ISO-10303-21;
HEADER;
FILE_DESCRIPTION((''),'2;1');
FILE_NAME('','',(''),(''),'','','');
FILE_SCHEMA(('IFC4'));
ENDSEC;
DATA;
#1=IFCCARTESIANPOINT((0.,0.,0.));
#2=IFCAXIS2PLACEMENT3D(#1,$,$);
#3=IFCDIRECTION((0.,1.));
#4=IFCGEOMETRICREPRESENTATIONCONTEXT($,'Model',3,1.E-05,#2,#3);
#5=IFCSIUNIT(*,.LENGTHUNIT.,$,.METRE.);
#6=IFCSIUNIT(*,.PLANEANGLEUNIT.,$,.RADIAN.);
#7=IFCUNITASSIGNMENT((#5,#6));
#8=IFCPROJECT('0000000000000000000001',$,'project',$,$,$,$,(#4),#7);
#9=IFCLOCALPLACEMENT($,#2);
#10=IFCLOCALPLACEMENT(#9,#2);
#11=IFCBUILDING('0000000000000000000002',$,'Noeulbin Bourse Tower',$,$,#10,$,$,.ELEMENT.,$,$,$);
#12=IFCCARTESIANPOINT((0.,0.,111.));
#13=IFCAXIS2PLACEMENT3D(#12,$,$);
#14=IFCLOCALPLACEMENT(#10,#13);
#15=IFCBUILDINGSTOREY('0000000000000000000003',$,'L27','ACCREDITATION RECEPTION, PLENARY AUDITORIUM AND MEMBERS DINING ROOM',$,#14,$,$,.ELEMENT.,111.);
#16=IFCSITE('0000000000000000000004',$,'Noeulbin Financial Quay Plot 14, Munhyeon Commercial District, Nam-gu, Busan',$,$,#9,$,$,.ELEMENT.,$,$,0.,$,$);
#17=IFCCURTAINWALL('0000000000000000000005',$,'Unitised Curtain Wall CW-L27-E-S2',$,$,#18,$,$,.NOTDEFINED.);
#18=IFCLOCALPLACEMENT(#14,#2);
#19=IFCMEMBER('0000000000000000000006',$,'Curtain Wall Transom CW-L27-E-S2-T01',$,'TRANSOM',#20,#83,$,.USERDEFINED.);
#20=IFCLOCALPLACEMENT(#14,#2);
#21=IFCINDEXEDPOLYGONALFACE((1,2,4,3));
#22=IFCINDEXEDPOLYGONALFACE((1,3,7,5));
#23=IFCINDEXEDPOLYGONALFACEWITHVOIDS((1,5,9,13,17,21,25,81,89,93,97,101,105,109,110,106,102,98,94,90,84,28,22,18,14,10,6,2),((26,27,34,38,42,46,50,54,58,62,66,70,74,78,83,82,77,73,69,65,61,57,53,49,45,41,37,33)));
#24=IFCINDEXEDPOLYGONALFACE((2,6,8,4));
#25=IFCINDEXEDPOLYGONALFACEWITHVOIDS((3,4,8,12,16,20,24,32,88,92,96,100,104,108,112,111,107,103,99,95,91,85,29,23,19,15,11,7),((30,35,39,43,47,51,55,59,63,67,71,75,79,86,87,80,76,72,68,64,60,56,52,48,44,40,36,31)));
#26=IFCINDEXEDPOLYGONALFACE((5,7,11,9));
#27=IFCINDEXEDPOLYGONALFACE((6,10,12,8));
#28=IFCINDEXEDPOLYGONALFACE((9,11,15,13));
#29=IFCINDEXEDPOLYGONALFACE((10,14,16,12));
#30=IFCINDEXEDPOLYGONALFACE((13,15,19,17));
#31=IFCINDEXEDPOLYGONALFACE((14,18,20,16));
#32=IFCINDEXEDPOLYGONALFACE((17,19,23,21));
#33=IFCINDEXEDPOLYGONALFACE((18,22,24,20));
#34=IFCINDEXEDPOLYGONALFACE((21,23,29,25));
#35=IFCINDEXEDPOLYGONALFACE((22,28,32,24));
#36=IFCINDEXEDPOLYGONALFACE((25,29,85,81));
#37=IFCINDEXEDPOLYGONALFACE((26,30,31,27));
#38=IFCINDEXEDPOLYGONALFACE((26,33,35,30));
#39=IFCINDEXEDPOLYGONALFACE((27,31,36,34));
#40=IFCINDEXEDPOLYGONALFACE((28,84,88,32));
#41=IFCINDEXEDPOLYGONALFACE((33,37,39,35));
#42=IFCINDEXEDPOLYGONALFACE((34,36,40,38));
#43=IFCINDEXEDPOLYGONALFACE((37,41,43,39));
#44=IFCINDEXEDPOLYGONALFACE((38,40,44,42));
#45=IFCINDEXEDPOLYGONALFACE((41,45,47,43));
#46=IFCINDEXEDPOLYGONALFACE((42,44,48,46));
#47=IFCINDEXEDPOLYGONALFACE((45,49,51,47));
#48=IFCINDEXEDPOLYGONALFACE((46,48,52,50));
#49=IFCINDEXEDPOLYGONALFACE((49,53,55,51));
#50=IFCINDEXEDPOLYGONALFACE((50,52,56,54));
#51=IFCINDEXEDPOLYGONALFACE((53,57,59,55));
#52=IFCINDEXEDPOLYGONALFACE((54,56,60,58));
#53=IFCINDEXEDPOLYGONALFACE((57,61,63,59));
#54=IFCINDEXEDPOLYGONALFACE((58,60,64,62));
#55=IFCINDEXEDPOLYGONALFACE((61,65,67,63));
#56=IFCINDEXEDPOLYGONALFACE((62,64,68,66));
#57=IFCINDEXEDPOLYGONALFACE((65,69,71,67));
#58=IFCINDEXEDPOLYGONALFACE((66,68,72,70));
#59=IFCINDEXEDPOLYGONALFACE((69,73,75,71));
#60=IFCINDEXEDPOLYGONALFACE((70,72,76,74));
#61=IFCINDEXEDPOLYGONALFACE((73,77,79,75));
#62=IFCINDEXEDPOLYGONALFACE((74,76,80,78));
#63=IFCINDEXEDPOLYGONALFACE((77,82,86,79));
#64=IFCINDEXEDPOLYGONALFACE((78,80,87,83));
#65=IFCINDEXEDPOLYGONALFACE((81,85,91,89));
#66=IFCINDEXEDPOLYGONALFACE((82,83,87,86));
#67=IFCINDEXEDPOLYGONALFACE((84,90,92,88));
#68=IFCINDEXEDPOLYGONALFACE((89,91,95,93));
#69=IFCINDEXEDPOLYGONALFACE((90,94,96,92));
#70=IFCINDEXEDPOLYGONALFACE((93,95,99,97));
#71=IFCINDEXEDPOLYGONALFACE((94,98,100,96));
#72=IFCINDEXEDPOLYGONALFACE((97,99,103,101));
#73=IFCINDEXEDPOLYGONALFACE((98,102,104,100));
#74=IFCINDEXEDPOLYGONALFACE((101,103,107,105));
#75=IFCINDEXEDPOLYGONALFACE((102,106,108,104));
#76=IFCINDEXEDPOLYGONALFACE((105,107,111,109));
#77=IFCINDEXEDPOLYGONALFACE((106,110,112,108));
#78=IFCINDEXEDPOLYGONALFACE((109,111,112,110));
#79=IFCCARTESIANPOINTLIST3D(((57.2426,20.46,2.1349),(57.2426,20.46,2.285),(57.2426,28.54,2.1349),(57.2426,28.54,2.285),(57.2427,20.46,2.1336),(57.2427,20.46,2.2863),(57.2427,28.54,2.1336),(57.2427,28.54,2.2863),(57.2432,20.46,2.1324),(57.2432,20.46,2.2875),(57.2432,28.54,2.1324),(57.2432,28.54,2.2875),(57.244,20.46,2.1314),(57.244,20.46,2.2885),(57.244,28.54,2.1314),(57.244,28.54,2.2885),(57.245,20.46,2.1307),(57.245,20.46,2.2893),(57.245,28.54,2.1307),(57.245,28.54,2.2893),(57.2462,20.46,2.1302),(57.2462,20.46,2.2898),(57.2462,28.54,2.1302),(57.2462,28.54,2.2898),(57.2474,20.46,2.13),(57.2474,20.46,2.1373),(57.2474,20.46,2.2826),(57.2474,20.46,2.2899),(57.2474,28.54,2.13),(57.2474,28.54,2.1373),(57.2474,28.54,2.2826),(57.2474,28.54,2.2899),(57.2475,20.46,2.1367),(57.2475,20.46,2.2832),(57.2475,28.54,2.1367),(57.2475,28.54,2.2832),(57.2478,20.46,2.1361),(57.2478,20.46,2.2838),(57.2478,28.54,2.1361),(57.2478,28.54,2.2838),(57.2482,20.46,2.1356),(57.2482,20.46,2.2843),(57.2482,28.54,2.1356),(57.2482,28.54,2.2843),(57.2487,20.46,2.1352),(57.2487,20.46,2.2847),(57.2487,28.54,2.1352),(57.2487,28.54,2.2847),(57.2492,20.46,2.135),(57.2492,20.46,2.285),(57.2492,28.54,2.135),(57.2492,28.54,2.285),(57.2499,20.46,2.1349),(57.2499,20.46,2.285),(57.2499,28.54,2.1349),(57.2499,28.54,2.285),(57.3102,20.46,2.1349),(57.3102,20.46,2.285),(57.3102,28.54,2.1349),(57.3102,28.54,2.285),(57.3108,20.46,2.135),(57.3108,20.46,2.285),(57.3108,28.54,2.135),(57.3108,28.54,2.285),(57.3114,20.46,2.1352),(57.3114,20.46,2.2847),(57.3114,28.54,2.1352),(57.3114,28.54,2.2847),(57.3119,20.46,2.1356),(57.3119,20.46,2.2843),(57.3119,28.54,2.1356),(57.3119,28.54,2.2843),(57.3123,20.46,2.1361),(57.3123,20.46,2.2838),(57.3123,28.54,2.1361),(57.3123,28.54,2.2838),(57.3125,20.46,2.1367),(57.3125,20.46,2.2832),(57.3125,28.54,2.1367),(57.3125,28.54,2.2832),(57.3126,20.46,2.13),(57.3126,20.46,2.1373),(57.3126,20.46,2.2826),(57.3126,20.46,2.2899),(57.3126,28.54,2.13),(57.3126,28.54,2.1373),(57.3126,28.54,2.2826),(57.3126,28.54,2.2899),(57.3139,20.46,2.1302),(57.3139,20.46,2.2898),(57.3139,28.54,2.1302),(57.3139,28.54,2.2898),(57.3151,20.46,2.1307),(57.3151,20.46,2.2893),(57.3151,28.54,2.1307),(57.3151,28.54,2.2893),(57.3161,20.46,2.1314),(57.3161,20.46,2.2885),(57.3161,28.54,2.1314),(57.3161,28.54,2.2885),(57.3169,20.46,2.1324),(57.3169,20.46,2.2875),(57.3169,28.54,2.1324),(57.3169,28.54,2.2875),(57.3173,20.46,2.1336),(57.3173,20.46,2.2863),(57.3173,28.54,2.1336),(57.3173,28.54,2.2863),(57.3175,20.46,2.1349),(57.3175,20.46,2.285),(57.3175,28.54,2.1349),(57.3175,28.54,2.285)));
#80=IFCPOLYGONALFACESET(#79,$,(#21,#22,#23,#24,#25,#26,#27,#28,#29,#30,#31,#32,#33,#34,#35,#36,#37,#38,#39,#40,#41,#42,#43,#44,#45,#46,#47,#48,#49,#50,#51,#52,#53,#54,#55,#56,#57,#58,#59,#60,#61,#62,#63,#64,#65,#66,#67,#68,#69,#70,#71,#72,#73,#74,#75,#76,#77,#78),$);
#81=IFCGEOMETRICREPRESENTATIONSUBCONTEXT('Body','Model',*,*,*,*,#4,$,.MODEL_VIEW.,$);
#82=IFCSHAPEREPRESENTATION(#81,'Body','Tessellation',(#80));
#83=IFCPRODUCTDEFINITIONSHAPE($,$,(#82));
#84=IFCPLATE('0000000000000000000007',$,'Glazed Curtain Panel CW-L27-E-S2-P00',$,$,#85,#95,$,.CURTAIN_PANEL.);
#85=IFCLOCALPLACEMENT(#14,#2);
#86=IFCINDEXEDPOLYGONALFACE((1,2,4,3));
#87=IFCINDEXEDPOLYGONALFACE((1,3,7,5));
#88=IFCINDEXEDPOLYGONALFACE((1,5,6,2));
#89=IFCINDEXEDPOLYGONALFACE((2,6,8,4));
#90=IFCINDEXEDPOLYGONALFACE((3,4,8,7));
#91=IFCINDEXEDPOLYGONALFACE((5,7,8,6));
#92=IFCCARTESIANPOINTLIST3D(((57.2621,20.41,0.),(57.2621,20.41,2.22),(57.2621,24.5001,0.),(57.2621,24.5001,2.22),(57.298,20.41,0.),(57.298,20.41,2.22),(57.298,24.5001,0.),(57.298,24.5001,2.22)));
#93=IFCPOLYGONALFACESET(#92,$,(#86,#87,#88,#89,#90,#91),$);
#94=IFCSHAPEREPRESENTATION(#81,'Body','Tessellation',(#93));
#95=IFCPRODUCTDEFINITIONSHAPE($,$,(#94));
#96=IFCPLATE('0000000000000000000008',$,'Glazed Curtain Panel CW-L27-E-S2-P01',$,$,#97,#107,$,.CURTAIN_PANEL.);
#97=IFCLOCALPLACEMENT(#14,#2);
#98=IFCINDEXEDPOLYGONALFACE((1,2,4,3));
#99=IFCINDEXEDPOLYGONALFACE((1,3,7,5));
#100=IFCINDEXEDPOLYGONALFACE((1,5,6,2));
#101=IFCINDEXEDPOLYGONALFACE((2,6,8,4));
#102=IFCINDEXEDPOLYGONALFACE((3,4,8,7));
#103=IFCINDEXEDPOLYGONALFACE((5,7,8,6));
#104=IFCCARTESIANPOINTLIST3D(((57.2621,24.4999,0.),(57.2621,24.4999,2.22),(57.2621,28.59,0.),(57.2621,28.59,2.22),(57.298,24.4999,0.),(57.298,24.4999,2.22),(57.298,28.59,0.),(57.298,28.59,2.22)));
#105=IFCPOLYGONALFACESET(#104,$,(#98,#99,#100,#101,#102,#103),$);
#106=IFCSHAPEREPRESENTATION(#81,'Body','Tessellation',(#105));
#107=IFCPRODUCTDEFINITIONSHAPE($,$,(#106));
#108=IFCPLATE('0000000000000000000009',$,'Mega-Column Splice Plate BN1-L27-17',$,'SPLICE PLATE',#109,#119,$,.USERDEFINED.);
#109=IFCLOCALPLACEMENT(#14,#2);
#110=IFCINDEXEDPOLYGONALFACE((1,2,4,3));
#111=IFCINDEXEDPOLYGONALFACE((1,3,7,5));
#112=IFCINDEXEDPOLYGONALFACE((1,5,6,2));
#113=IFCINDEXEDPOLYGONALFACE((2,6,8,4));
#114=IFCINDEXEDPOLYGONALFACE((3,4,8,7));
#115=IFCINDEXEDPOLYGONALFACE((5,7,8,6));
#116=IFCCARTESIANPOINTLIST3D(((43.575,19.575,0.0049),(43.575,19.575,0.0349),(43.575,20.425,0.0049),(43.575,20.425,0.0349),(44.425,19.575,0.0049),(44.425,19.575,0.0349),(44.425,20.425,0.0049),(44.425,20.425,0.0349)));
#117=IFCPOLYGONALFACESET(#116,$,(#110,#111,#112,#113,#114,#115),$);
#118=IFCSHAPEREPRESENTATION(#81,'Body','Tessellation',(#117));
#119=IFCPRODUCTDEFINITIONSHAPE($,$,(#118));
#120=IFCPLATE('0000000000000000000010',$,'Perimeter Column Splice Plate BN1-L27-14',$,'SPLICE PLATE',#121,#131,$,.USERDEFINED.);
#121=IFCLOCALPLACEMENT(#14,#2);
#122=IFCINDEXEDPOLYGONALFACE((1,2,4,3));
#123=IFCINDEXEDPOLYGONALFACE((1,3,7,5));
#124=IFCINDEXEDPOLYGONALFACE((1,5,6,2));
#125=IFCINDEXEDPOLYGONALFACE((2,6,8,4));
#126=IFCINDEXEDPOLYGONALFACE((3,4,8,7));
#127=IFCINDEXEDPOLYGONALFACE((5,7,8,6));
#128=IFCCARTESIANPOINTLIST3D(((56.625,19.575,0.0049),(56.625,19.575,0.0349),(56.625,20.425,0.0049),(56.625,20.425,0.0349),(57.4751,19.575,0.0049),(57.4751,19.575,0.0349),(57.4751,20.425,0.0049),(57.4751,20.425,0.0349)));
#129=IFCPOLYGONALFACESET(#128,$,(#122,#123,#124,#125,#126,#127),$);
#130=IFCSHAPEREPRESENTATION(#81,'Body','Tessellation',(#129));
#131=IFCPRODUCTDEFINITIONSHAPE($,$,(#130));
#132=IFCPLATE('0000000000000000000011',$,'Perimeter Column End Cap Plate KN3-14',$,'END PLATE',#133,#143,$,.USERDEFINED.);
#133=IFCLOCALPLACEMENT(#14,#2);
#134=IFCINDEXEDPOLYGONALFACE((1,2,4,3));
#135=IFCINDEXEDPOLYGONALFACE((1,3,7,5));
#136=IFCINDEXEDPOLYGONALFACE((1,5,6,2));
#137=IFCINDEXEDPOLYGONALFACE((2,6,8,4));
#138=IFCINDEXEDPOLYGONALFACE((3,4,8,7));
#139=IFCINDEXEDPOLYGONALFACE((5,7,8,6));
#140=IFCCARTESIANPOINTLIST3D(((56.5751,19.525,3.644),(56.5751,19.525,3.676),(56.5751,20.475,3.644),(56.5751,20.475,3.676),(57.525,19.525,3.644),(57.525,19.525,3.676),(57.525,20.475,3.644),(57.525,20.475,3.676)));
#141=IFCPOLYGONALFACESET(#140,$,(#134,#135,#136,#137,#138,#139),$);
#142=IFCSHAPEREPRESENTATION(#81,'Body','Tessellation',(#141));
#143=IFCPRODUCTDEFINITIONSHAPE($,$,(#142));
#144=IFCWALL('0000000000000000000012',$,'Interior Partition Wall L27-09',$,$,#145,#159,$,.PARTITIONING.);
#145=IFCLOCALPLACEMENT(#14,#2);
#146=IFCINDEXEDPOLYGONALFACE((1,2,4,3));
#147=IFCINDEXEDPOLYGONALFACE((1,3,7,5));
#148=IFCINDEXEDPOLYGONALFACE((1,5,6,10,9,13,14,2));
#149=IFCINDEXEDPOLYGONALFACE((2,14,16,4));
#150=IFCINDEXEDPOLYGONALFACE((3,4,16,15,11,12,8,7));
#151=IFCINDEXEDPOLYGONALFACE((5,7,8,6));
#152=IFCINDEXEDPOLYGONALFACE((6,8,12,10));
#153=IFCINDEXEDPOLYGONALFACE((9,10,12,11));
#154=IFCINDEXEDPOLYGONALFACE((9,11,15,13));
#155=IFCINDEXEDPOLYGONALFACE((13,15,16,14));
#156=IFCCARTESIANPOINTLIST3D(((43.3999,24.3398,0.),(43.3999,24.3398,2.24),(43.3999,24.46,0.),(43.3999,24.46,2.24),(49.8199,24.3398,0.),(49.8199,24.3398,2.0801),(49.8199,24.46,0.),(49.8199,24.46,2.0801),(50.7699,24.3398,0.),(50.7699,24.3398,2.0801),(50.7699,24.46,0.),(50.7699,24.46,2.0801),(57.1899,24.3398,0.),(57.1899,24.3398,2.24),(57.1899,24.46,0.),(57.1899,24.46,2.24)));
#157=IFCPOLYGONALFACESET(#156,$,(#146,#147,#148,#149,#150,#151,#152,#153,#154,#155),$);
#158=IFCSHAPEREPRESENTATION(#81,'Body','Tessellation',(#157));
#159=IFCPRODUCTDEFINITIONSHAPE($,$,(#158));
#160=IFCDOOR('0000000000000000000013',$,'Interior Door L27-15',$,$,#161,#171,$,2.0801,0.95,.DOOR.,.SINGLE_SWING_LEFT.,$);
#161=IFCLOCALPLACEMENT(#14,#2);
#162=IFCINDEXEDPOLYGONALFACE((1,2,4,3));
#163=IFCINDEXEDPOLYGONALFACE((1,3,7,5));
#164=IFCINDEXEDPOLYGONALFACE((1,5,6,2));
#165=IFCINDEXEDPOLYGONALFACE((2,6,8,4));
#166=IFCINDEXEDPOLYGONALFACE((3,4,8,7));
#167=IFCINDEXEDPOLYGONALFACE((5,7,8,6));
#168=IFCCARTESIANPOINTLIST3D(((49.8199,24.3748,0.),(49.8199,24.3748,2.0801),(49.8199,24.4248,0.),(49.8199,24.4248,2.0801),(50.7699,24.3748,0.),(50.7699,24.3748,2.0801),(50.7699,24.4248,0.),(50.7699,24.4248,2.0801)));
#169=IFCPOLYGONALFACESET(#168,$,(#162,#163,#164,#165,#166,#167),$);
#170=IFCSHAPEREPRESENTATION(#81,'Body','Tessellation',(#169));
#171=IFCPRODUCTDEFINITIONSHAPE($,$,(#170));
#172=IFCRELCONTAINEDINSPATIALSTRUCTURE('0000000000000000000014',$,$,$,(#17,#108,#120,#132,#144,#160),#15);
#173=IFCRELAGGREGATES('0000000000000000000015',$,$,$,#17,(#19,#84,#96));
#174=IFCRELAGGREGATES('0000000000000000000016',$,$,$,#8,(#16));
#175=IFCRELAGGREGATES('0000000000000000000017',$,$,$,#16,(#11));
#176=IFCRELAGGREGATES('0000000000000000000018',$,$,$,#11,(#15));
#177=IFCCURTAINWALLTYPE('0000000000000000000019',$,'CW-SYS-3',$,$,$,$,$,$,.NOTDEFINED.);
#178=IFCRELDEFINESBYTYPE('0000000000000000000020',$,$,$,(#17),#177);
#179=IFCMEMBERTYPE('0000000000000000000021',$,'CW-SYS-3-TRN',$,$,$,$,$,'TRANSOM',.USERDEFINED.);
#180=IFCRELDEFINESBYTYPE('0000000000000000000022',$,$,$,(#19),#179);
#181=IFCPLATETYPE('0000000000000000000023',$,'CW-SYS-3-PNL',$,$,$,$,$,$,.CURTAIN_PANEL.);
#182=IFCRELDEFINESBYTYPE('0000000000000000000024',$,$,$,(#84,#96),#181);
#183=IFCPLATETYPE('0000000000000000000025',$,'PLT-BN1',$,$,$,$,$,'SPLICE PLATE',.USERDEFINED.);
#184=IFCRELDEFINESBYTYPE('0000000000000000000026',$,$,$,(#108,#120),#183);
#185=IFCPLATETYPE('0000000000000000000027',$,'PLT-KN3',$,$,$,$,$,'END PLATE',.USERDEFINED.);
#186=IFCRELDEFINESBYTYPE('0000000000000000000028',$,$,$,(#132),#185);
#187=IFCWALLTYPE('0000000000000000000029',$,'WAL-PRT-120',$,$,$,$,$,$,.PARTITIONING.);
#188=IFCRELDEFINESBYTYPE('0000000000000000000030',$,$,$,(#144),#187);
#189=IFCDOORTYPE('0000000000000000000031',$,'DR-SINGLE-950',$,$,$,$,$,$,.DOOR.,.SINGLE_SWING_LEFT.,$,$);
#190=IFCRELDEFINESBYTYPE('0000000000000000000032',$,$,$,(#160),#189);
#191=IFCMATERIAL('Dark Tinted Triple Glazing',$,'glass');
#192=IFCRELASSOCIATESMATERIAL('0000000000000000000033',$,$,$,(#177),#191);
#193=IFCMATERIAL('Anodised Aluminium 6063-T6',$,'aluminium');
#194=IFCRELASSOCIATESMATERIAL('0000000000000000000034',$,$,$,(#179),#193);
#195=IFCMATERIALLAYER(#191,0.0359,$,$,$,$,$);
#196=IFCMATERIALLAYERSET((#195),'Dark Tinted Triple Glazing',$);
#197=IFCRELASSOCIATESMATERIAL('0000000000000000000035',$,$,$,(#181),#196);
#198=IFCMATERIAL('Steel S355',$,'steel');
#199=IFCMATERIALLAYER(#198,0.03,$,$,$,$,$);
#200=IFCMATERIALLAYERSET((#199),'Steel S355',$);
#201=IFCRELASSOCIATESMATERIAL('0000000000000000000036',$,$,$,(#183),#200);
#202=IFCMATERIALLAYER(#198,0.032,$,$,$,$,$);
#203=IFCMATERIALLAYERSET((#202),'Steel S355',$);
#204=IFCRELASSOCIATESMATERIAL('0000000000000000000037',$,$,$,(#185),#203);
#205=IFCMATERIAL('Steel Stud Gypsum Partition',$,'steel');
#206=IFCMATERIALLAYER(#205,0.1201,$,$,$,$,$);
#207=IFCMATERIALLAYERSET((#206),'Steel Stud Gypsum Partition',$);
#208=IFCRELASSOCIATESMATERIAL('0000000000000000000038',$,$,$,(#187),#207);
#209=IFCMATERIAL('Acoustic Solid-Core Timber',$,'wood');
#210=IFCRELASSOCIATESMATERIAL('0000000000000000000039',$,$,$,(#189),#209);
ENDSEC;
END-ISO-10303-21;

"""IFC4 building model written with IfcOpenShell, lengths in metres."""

from ifc_helpers import new_model, si_unit, direction, frame, frame_2d, origin, origin_2d, place, context, subcontext, project, spatial, rectangle, hollow_rectangle, extrude, material, layer, layer_set, material_profile, profile_set, type_object, element, fill, aggregate, save


model = new_model("IFC4")

# Units and contexts
model_context = context("Model", 3, precision=1e-05, world=origin(), true_north=direction((0.0, 1.0)))
body_context = subcontext(model_context, "Body", "Model", "MODEL_VIEW")
ifc_project = project(units=[si_unit("LENGTHUNIT", "METRE"), si_unit("PLANEANGLEUNIT", "RADIAN")], contexts=[model_context])

# Site, building, storey
site_placement = place(None, origin())
site = spatial("IfcSite", under=ifc_project, at=site_placement, Name="Noeulbin Financial Quay Plot 14, Munhyeon Commercial District, Nam-gu, Busan", CompositionType="ELEMENT", RefElevation=0.0)
building_placement = place(site_placement, origin())
building = spatial("IfcBuilding", under=site, at=building_placement, Name="Noeulbin Bourse Tower", CompositionType="ELEMENT")
storey_placement = place(building_placement, frame((0.0, 0.0, 111.0)))
storey = spatial("IfcBuildingStorey", under=building, at=storey_placement, Name="L27", Description="ACCREDITATION RECEPTION, PLENARY AUDITORIUM AND MEMBERS DINING ROOM", CompositionType="ELEMENT", Elevation=111.0)

# Shared definitions
ifc_material_1 = material(Name="Steel S355", Category="steel")

# Shared definitions
ifc_material_2 = material(Name="Dark Tinted Triple Glazing", Category="glass")
curtain_wall_type = type_object("IfcCurtainWallType", Name="CW-SYS-3", PredefinedType="NOTDEFINED", material=ifc_material_2)
ifc_material_3 = material(Name="Anodised Aluminium 6063-T6", Category="aluminium")

# Curtain wall, member, plates
curtain_wall_1_placement = place(storey_placement, origin())
curtain_wall_1 = element("IfcCurtainWall", 1, at=curtain_wall_1_placement, inside=storey, type_object=curtain_wall_type, Name="Unitised Curtain Wall CW-L27-E-S2", PredefinedType="NOTDEFINED")
ifc_material_profile_1 = material_profile(ifc_material_3, hollow_rectangle(XDim=0.075, YDim=0.1599, WallThickness=0.0049, InnerFilletRadius=0.0024, OuterFilletRadius=0.0049, at=origin_2d()), Name="ALU-TRAN-75x160x5", Category="LoadBearing")
ifc_profile_set_1 = profile_set([ifc_material_profile_1], Name="Anodised Aluminium 6063-T6")
member_type_1 = type_object("IfcMemberType", Name="CW-SYS-3-TRN", ElementType="TRANSOM", PredefinedType="USERDEFINED", material=ifc_profile_set_1)
member_1_placement = place(storey_placement, frame((57.28, 20.46, 2.21), z_axis=(0.0, 1.0, 0.0), x_axis=(-1.0, 0.0, 0.0)))
member_1 = element("IfcMember", 2, at=member_1_placement, type_object=member_type_1, Name="Curtain Wall Transom CW-L27-E-S2-T01", ObjectType="TRANSOM", PredefinedType="USERDEFINED", context=body_context, shape_type="SweptSolid", body=[
    extrude(hollow_rectangle(XDim=0.075, YDim=0.1599, WallThickness=0.0049, InnerFilletRadius=0.0024, OuterFilletRadius=0.0049, at=origin_2d()), origin(), (0.0, 0.0, 1.0), 8.0801),
])
ifc_layer_1 = layer(ifc_material_2, 0.0359)
ifc_layer_set_1 = layer_set([ifc_layer_1], Name="Dark Tinted Triple Glazing")
plate_type_1 = type_object("IfcPlateType", Name="CW-SYS-3-PNL", PredefinedType="CURTAIN_PANEL", material=ifc_layer_set_1)
plate_1_placement = place(storey_placement, frame((57.28, 22.4551, 0.0), z_axis=(0.0, 0.0, 1.0), x_axis=(0.0, 1.0, 0.0)))
plate_1 = element("IfcPlate", 3, at=plate_1_placement, type_object=plate_type_1, Name="Glazed Curtain Panel CW-L27-E-S2-P00", PredefinedType="CURTAIN_PANEL", context=body_context, shape_type="SweptSolid", body=[
    extrude(rectangle(XDim=4.0901, YDim=0.0359, at=origin_2d()), origin(), (0.0, 0.0, 1.0), 2.22),
])
plate_2_placement = place(storey_placement, frame((57.28, 26.5449, 0.0), z_axis=(0.0, 0.0, 1.0), x_axis=(0.0, 1.0, 0.0)))
plate_2 = element("IfcPlate", 4, at=plate_2_placement, type_object=plate_type_1, Name="Glazed Curtain Panel CW-L27-E-S2-P01", PredefinedType="CURTAIN_PANEL", context=body_context, shape_type="SweptSolid", body=[
    extrude(rectangle(XDim=4.0901, YDim=0.0359, at=origin_2d()), origin(), (0.0, 0.0, 1.0), 2.22),
])
aggregate(curtain_wall_1, [member_1, plate_1, plate_2])

# Plates
ifc_layer_2 = layer(ifc_material_1, 0.03)
ifc_layer_set_2 = layer_set([ifc_layer_2], Name="Steel S355")
plate_type_2 = type_object("IfcPlateType", Name="PLT-BN1", ElementType="SPLICE PLATE", PredefinedType="USERDEFINED", material=ifc_layer_set_2)
for number, where, z_axis, x_axis, name in (
    (5, (44.0, 20.0, 0.0049), (0.0, 0.0, 1.0), (1.0, 0.0, 0.0), "Mega-Column Splice Plate BN1-L27-17"),
    (6, (57.05, 20.0, 0.0049), (0.0, 0.0, 1.0), (1.0, 0.0, 0.0), "Perimeter Column Splice Plate BN1-L27-14"),
):
    element("IfcPlate", number, at=place(storey_placement, frame(where, z_axis=z_axis, x_axis=x_axis)), inside=storey, type_object=plate_type_2, Name=name, ObjectType="SPLICE PLATE", PredefinedType="USERDEFINED", context=body_context, shape_type="SweptSolid", body=[
        extrude(rectangle(XDim=0.8501, YDim=0.8501, at=origin_2d()), origin(), (0.0, 0.0, 1.0), 0.03),
    ])
ifc_layer_3 = layer(ifc_material_1, 0.032)
ifc_layer_set_3 = layer_set([ifc_layer_3], Name="Steel S355")
plate_type_3 = type_object("IfcPlateType", Name="PLT-KN3", ElementType="END PLATE", PredefinedType="USERDEFINED", material=ifc_layer_set_3)
plate_3_placement = place(storey_placement, frame((57.05, 20.0, 3.644), z_axis=(0.0, 0.0, 1.0), x_axis=(1.0, 0.0, 0.0)))
element("IfcPlate", 7, at=plate_3_placement, inside=storey, type_object=plate_type_3, Name="Perimeter Column End Cap Plate KN3-14", ObjectType="END PLATE", PredefinedType="USERDEFINED", context=body_context, shape_type="SweptSolid", body=[
    extrude(rectangle(XDim=0.95, YDim=0.95, at=origin_2d()), origin(), (0.0, 0.0, 1.0), 0.032),
])

# Wall, opening, door
ifc_material_4 = material(Name="Steel Stud Gypsum Partition", Category="steel")
ifc_layer_4 = layer(ifc_material_4, 0.1201)
ifc_layer_set_4 = layer_set([ifc_layer_4], Name="Steel Stud Gypsum Partition")
wall_type_1 = type_object("IfcWallType", Name="WAL-PRT-120", PredefinedType="PARTITIONING", material=ifc_layer_set_4)
wall_1_placement = place(storey_placement, frame((43.3999, 24.3999, 0.0), z_axis=(0.0, 0.0, 1.0), x_axis=(1.0, 0.0, 0.0)))
wall_1 = element("IfcWall", 8, at=wall_1_placement, inside=storey, type_object=wall_type_1, Name="Interior Partition Wall L27-09", PredefinedType="PARTITIONING", context=body_context, shape_type="SweptSolid", body=[
    extrude(rectangle(XDim=13.79, YDim=0.1201, at=frame_2d((6.895, 0.0))), origin(), (0.0, 0.0, 1.0), 2.24),
])
opening_1_placement = place(wall_1_placement, frame((6.4199, 0.0, 0.0)))
opening_1 = element("IfcOpeningElement", 9, at=opening_1_placement, cuts=wall_1, PredefinedType="OPENING", context=body_context, shape_type="SweptSolid", body=[
    extrude(rectangle(XDim=0.95, YDim=2.0801, at=frame_2d((0.4751, 1.04))), frame((0.0, 0.0701, 0.0), z_axis=(0.0, -1.0, 0.0), x_axis=(1.0, 0.0, 0.0)), (0.0, 0.0, 1.0), 0.1401),
])
ifc_material_5 = material(Name="Acoustic Solid-Core Timber", Category="wood")
door_type = type_object("IfcDoorType", Name="DR-SINGLE-950", OperationType="SINGLE_SWING_LEFT", PredefinedType="DOOR", material=ifc_material_5)
door_1_placement = place(opening_1_placement, origin())
door_1 = element("IfcDoor", 10, at=door_1_placement, inside=storey, type_object=door_type, Name="Interior Door L27-15", OperationType="SINGLE_SWING_LEFT", OverallHeight=2.0801, OverallWidth=0.95, PredefinedType="DOOR", context=body_context, shape_type="SweptSolid", body=[
    extrude(rectangle(XDim=0.95, YDim=2.0801, at=frame_2d((0.4751, 1.04))), frame((0.0, 0.0249, 0.0), z_axis=(0.0, -1.0, 0.0), x_axis=(1.0, 0.0, 0.0)), (0.0, 0.0, 1.0), 0.05),
])
fill(opening_1, door_1)

save(model, "model.ifc")
